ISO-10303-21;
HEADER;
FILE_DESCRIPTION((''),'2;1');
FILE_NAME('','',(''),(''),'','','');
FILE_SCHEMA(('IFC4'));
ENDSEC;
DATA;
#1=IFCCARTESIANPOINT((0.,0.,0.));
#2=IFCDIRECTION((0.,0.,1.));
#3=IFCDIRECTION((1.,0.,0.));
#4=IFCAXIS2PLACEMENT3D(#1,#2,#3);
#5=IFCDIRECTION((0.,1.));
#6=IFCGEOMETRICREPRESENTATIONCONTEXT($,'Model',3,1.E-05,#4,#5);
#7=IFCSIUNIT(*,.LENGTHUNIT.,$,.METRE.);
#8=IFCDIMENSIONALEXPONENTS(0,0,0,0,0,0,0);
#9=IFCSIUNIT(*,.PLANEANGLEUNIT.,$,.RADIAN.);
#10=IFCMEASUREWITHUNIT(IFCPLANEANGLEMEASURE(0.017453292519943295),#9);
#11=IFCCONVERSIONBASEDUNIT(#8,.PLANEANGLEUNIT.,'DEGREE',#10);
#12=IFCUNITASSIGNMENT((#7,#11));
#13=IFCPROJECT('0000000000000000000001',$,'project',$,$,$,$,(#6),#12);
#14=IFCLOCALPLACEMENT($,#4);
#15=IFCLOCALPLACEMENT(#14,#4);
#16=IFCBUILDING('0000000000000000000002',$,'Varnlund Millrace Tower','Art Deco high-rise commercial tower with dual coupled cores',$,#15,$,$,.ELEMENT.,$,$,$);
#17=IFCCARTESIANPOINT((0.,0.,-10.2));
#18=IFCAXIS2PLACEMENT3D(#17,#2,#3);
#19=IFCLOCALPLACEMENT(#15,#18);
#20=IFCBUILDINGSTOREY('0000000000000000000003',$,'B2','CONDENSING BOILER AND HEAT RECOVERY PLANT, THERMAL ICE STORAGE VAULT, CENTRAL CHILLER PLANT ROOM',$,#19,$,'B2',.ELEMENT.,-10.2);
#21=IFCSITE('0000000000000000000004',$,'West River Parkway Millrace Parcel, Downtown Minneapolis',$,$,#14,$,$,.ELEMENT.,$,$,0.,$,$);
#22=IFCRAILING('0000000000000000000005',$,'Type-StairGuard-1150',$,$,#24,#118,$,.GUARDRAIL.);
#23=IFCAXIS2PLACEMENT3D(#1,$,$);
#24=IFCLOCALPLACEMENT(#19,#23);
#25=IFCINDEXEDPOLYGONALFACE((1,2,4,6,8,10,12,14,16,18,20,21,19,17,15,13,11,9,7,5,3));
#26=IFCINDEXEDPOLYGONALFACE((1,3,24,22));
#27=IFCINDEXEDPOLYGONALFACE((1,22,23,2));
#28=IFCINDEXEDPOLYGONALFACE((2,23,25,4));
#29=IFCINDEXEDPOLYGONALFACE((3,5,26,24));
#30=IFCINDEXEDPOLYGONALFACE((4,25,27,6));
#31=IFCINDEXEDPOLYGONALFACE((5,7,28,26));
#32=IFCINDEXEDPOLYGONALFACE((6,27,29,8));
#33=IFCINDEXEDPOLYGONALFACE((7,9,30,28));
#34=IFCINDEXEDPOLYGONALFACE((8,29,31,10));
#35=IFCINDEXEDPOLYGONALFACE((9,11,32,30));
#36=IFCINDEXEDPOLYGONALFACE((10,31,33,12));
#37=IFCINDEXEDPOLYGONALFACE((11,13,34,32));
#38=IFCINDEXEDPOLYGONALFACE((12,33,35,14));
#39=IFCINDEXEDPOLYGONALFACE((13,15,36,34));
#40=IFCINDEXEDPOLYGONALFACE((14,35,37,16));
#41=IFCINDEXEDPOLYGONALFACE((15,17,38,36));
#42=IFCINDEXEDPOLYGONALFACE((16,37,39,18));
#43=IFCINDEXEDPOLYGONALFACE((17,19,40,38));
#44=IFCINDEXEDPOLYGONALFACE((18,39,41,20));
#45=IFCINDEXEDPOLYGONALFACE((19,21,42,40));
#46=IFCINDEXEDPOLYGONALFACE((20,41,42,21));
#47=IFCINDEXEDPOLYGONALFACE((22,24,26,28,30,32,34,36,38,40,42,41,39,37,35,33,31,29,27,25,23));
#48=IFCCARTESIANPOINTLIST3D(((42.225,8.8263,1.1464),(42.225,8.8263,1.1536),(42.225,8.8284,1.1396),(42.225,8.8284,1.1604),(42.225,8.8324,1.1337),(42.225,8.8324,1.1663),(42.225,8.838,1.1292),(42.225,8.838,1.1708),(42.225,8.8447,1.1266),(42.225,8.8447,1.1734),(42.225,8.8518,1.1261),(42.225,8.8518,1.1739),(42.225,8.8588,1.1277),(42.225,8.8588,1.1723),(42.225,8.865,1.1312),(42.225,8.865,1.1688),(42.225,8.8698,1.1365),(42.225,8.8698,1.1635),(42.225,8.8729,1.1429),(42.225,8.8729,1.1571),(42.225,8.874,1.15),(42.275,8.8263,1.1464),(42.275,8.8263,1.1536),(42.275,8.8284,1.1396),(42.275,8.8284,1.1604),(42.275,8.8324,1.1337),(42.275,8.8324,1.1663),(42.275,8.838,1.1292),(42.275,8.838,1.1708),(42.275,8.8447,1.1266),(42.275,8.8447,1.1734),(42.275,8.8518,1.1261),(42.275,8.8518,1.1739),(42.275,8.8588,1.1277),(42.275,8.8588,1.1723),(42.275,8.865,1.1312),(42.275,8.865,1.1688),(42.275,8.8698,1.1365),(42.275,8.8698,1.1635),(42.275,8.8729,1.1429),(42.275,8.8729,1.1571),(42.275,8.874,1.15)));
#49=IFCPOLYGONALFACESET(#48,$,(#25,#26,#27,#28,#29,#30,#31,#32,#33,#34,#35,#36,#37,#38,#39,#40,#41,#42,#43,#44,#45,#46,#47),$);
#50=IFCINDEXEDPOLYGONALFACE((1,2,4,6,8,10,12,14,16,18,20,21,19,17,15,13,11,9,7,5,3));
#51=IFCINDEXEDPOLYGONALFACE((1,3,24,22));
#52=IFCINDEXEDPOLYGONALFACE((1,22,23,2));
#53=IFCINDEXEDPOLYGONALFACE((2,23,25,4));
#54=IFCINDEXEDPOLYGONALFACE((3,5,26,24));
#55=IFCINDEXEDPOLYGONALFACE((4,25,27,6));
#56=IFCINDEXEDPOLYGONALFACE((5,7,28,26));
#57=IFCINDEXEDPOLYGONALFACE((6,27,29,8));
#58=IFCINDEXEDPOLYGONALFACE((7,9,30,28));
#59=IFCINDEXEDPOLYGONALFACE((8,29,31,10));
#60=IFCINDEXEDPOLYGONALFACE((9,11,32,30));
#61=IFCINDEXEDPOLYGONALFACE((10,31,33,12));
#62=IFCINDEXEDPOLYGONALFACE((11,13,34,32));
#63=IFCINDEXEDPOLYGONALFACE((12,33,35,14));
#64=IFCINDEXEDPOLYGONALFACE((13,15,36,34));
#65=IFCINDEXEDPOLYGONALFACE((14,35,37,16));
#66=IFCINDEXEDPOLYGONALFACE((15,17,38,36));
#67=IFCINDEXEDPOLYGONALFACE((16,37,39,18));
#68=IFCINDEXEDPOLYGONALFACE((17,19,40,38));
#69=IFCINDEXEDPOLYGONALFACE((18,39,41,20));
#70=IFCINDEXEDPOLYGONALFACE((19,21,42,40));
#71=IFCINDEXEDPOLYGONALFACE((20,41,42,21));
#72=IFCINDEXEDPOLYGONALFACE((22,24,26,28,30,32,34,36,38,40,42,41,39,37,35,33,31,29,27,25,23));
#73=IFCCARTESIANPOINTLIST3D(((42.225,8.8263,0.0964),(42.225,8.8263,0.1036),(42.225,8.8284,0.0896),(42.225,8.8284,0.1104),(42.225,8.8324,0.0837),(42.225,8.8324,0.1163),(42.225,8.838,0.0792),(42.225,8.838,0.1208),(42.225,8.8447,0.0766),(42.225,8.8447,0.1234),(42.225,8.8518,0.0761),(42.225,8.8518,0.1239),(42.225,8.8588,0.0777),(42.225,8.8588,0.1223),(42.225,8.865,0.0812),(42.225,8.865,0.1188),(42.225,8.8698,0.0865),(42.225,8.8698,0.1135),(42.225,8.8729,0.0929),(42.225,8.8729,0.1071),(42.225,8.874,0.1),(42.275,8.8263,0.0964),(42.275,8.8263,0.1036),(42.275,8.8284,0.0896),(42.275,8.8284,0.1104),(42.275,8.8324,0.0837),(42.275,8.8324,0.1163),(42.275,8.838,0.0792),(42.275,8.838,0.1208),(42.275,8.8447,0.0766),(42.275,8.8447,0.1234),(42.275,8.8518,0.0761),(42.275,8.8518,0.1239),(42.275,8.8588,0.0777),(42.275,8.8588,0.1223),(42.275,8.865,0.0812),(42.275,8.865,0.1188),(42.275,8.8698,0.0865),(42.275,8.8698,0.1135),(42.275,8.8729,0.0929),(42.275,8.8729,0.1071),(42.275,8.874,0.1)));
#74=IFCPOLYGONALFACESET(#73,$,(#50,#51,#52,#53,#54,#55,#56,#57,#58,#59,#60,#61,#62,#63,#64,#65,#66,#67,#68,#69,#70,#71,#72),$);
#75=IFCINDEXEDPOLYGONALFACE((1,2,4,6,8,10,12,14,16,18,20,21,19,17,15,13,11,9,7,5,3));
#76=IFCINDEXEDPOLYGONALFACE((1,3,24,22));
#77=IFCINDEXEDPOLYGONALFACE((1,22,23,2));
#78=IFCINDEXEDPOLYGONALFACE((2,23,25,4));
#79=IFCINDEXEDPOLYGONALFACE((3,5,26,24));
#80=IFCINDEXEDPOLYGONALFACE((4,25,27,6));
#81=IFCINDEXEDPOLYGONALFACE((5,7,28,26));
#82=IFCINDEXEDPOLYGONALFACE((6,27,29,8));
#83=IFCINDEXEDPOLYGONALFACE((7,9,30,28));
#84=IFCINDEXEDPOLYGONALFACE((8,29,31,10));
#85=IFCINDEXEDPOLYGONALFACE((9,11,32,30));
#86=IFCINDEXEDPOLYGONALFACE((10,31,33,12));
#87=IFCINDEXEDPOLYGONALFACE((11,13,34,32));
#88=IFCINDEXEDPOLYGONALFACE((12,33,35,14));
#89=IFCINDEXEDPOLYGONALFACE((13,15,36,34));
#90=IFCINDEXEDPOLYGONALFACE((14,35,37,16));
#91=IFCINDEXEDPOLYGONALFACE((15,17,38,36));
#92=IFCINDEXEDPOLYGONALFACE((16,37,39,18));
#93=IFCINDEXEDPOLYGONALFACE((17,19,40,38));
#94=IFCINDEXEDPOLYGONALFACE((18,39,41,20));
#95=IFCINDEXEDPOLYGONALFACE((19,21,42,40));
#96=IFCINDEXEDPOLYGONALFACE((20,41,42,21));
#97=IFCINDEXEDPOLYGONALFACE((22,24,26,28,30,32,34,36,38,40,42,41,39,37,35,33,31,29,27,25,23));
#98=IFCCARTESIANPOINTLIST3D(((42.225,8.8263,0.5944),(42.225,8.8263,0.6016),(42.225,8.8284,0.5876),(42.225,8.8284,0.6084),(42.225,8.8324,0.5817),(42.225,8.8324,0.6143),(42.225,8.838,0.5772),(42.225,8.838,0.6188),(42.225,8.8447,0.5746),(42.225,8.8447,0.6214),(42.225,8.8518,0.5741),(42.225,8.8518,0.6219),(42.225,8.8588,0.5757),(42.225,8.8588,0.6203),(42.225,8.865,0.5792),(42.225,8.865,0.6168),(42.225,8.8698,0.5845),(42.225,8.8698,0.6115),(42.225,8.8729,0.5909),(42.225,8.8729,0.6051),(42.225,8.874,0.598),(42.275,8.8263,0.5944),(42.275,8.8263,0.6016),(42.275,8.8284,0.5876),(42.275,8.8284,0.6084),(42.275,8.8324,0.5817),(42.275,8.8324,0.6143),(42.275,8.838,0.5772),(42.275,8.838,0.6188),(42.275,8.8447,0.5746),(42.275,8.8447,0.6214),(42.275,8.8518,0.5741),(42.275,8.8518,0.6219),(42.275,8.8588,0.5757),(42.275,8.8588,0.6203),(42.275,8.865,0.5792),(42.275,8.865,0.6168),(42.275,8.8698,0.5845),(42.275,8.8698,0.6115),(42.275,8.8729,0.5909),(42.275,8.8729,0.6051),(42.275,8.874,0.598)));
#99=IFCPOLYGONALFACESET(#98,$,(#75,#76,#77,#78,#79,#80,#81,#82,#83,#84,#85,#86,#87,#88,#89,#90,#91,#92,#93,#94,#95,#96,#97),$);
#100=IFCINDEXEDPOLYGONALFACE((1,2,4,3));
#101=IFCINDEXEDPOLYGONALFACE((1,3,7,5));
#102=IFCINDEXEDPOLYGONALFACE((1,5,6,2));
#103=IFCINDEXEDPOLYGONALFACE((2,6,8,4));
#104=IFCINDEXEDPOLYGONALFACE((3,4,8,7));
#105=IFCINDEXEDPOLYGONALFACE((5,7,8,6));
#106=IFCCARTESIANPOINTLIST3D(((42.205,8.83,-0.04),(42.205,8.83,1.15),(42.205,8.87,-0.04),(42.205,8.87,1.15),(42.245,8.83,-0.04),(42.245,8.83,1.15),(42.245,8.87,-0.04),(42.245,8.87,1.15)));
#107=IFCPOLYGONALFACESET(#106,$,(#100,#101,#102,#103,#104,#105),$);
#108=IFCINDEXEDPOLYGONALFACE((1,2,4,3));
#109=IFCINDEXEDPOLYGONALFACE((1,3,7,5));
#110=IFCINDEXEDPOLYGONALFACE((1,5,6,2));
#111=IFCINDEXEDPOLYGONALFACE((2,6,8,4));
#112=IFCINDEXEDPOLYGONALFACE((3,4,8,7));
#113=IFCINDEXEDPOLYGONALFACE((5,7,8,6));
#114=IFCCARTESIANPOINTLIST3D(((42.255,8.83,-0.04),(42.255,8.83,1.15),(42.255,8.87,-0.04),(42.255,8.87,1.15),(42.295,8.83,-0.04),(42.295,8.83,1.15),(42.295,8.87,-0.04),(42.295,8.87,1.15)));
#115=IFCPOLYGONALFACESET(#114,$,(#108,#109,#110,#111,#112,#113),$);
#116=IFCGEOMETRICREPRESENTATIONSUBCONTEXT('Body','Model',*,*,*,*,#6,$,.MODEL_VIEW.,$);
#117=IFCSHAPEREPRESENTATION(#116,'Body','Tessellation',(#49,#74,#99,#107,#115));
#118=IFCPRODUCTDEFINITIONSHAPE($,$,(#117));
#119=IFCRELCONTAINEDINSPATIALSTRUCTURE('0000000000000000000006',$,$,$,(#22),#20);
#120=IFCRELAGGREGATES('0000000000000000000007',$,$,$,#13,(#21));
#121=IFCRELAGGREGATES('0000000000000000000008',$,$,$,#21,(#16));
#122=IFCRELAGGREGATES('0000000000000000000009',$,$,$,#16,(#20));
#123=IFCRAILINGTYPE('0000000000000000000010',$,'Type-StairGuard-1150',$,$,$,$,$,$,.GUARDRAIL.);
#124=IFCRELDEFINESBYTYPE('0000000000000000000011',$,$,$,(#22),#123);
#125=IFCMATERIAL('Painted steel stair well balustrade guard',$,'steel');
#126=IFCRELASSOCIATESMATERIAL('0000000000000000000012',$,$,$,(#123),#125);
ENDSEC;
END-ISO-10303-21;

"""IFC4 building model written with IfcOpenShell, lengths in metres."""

from ifc_helpers import new_model, entity, si_unit, converted_unit, direction, frame, origin_with_axes, origin_2d_with_axis, place, context, subcontext, project, spatial, rectangle, circle, extrude, material, type_object, element, save


model = new_model("IFC4")

# Units and contexts
model_context = context("Model", 3, precision=1e-05, world=origin_with_axes(), true_north=direction((0.0, 1.0)))
body_context = subcontext(model_context, "Body", "Model", "MODEL_VIEW")
ifc_project = project(units=[si_unit("LENGTHUNIT", "METRE"), converted_unit("PLANEANGLEUNIT", "DEGREE", entity("IfcPlaneAngleMeasure", 0.017453292519943295), si_unit("PLANEANGLEUNIT", "RADIAN"), dimensions=[0, 0, 0, 0, 0, 0, 0])], contexts=[model_context])

# Site, building, storey
site_placement = place(None, origin_with_axes())
site = spatial("IfcSite", under=ifc_project, at=site_placement, Name="West River Parkway Millrace Parcel, Downtown Minneapolis", CompositionType="ELEMENT", RefElevation=0.0)
building_placement = place(site_placement, origin_with_axes())
building = spatial("IfcBuilding", under=site, at=building_placement, Name="Varnlund Millrace Tower", Description="Art Deco high-rise commercial tower with dual coupled cores", CompositionType="ELEMENT")
storey_placement = place(building_placement, frame((0.0, 0.0, -10.2), z_axis=(0.0, 0.0, 1.0), x_axis=(1.0, 0.0, 0.0)))
storey = spatial("IfcBuildingStorey", under=building, at=storey_placement, Name="B2", Description="CONDENSING BOILER AND HEAT RECOVERY PLANT, THERMAL ICE STORAGE VAULT, CENTRAL CHILLER PLANT ROOM", LongName="B2", CompositionType="ELEMENT", Elevation=-10.2)

# Railing
ifc_material_1 = material(Name="Painted steel stair well balustrade guard", Category="steel")
railing_type_1 = type_object("IfcRailingType", Name="Type-StairGuard-1150", PredefinedType="GUARDRAIL", material=ifc_material_1)
railing_1_placement = place(storey_placement, frame((0.0, 0.0, 10.2), z_axis=(0.0, 0.0, 1.0), x_axis=(1.0, 0.0, 0.0)))
element("IfcRailing", 1, at=railing_1_placement, inside=storey, type_object=railing_type_1, Name="Type-StairGuard-1150", PredefinedType="GUARDRAIL", context=body_context, shape_type="SweptSolid", body=[
    extrude(circle(Radius=0.024, at=origin_2d_with_axis()), frame((42.225, 8.85, -9.05), z_axis=(1.0, 0.0, 0.0), x_axis=(0.0, 1.0, 0.0)), (0.0, 0.0, 1.0), 0.05),
    extrude(circle(Radius=0.024, at=origin_2d_with_axis()), frame((42.225, 8.85, -10.1), z_axis=(1.0, 0.0, 0.0), x_axis=(0.0, 1.0, 0.0)), (0.0, 0.0, 1.0), 0.05),
    extrude(circle(Radius=0.024, at=origin_2d_with_axis()), frame((42.225, 8.85, -9.602), z_axis=(1.0, 0.0, 0.0), x_axis=(0.0, 1.0, 0.0)), (0.0, 0.0, 1.0), 0.05),
    extrude(rectangle(XDim=0.04, YDim=0.04, at=origin_2d_with_axis()), frame((42.225, 8.85, -10.24), z_axis=(0.0, 0.0, 1.0), x_axis=(1.0, 0.0, 0.0)), (0.0, 0.0, 1.0), 1.19),
    extrude(rectangle(XDim=0.04, YDim=0.04, at=origin_2d_with_axis()), frame((42.275, 8.85, -10.24), z_axis=(0.0, 0.0, 1.0), x_axis=(1.0, 0.0, 0.0)), (0.0, 0.0, 1.0), 1.19),
])

save(model, "model.ifc")
